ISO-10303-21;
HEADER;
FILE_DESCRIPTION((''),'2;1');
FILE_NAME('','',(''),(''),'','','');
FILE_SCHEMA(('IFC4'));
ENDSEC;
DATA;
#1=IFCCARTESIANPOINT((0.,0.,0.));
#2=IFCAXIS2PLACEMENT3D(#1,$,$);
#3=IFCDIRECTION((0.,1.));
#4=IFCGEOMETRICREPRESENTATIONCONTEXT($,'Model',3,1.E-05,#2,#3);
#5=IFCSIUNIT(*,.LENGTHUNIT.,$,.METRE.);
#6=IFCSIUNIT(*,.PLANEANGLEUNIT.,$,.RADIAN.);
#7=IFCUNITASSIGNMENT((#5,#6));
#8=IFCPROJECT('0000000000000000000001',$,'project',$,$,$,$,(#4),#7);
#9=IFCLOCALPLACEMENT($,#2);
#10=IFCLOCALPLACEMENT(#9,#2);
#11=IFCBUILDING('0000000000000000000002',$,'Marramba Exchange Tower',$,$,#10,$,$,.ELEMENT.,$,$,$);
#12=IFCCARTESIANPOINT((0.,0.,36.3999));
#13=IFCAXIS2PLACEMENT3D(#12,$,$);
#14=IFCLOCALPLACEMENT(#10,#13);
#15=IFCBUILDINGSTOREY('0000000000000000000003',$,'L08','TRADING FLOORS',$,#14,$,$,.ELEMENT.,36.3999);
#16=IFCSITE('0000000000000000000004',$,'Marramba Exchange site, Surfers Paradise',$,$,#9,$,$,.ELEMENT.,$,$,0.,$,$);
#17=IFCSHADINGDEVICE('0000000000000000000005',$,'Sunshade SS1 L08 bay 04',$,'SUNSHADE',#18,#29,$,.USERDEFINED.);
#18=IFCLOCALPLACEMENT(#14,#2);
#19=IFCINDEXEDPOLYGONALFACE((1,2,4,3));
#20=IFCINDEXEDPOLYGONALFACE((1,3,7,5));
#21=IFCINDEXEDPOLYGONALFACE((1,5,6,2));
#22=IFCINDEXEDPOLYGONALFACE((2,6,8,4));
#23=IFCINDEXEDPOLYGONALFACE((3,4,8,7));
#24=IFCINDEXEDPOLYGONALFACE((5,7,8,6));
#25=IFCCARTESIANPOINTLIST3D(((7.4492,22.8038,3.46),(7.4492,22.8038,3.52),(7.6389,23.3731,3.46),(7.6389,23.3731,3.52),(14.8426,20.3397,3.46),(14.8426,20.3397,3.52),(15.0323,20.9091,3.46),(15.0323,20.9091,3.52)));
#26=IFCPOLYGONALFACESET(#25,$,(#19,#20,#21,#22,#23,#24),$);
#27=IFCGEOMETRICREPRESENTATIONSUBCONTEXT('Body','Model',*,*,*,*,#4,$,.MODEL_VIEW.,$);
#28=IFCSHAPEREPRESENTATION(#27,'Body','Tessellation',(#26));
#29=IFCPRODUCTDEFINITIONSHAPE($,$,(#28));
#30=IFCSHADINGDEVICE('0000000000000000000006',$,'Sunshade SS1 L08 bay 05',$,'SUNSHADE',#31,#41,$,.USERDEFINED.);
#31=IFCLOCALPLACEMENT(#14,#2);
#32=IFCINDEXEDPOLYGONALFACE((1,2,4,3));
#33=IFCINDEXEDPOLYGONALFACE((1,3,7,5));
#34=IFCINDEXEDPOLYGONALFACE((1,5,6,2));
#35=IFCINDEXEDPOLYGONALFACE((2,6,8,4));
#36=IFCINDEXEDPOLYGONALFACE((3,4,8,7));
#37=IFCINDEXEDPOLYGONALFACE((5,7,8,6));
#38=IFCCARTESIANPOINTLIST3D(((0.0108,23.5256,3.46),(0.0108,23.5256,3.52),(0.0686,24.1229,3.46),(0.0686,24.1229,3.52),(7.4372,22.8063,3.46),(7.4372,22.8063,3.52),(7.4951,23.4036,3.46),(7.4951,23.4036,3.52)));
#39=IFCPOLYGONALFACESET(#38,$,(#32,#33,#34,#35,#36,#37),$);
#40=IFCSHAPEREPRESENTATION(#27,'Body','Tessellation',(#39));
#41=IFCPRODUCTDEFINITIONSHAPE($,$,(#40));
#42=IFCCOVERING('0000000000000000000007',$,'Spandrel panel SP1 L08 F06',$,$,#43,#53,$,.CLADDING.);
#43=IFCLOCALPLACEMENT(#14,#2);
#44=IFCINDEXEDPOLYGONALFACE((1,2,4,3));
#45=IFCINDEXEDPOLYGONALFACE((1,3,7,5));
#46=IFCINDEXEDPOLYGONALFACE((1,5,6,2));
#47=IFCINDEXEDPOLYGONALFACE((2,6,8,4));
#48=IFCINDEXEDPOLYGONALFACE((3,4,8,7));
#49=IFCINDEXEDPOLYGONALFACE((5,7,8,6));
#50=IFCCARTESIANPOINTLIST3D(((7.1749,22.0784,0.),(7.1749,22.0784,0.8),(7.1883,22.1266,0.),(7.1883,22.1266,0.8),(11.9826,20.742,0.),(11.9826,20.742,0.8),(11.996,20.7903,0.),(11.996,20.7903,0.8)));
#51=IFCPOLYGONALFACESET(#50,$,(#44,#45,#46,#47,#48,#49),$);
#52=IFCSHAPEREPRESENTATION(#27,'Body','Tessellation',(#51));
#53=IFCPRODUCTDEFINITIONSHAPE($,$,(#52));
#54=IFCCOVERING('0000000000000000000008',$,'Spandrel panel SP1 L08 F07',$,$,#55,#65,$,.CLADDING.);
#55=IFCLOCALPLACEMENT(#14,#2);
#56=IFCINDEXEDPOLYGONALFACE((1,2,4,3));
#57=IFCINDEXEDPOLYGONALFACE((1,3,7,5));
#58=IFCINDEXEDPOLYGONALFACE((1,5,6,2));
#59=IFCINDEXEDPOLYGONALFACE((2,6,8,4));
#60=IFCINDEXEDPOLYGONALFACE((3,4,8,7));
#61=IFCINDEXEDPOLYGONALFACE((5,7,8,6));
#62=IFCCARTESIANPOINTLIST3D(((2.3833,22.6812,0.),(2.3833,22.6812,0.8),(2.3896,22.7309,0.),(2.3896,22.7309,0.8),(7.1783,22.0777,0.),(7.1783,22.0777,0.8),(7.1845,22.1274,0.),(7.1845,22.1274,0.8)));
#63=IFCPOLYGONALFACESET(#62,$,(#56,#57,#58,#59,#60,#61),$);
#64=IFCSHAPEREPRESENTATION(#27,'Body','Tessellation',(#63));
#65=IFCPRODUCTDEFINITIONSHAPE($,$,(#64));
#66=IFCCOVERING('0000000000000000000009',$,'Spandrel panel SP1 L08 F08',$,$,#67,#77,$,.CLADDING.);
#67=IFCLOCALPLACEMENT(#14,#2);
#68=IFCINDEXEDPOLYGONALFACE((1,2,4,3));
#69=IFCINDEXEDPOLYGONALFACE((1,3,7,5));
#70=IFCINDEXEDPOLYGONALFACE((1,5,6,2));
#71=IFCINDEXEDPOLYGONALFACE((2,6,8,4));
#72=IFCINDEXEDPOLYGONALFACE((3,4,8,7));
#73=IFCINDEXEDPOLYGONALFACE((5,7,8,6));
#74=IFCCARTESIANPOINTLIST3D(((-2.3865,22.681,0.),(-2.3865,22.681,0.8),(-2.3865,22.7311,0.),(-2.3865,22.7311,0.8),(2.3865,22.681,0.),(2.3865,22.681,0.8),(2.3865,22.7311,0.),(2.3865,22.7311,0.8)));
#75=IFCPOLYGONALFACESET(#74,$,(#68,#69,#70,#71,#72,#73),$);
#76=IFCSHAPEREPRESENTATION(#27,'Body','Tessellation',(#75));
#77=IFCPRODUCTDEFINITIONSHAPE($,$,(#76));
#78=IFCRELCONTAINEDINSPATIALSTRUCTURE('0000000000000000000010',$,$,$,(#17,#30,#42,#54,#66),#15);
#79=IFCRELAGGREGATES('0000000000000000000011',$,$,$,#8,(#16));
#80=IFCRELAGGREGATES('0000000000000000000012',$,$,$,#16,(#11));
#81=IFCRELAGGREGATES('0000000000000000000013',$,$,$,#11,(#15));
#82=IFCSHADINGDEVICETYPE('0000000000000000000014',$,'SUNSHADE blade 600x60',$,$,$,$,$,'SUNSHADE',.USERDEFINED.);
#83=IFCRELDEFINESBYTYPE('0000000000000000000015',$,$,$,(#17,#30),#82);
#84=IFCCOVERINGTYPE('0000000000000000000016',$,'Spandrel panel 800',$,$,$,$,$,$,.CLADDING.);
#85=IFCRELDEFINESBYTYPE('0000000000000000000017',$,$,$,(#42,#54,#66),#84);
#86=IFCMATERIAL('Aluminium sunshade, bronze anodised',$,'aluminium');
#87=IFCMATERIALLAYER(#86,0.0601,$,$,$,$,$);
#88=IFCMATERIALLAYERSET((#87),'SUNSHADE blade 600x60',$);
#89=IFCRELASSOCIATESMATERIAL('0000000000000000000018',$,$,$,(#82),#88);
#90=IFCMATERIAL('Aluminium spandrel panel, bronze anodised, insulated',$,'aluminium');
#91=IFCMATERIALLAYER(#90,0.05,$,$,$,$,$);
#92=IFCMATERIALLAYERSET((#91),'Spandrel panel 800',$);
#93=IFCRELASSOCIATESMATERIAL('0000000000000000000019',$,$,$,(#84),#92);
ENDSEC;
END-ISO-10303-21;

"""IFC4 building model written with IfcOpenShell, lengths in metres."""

from ifc_helpers import new_model, si_unit, direction, frame, origin, origin_2d, place, context, subcontext, project, spatial, rectangle, extrude, material, layer, layer_set, type_object, element, save


model = new_model("IFC4")

# Units and contexts
model_context = context("Model", 3, precision=1e-05, world=origin(), true_north=direction((0.0, 1.0)))
body_context = subcontext(model_context, "Body", "Model", "MODEL_VIEW")
ifc_project = project(units=[si_unit("LENGTHUNIT", "METRE"), si_unit("PLANEANGLEUNIT", "RADIAN")], contexts=[model_context])

# Site, building, storey
site_placement = place(None, origin())
site = spatial("IfcSite", under=ifc_project, at=site_placement, Name="Marramba Exchange site, Surfers Paradise", CompositionType="ELEMENT", RefElevation=0.0)
building_placement = place(site_placement, origin())
building = spatial("IfcBuilding", under=site, at=building_placement, Name="Marramba Exchange Tower", CompositionType="ELEMENT")
storey_placement = place(building_placement, frame((0.0, 0.0, 36.3999)))
storey = spatial("IfcBuildingStorey", under=building, at=storey_placement, Name="L08", Description="TRADING FLOORS", CompositionType="ELEMENT", Elevation=36.3999)

# Shading devices
ifc_material_1 = material(Name="Aluminium sunshade, bronze anodised", Category="aluminium")
ifc_layer_1 = layer(ifc_material_1, 0.0601)
ifc_layer_set_1 = layer_set([ifc_layer_1], Name="SUNSHADE blade 600x60")
shading_device_type_1 = type_object("IfcShadingDeviceType", Name="SUNSHADE blade 600x60", ElementType="SUNSHADE", PredefinedType="USERDEFINED", material=ifc_layer_set_1)
shading_device_1_placement = place(storey_placement, frame((11.2407, 21.8564, 3.46), z_axis=(0.0, 0.0, 1.0), x_axis=(-0.948698, 0.316184, 0.0)))
element("IfcShadingDevice", 1, at=shading_device_1_placement, inside=storey, type_object=shading_device_type_1, Name="Sunshade SS1 L08 bay 04", ObjectType="SUNSHADE", PredefinedType="USERDEFINED", context=body_context, shape_type="SweptSolid", body=[
    extrude(rectangle(XDim=7.7932, YDim=0.6001, at=origin_2d()), origin(), (0.0, 0.0, 1.0), 0.0601),
])
shading_device_2_placement = place(storey_placement, frame((3.7529, 23.4646, 3.46), z_axis=(0.0, 0.0, 1.0), x_axis=(-0.995343, 0.096398, 0.0)))
element("IfcShadingDevice", 2, at=shading_device_2_placement, inside=storey, type_object=shading_device_type_1, Name="Sunshade SS1 L08 bay 05", ObjectType="SUNSHADE", PredefinedType="USERDEFINED", context=body_context, shape_type="SweptSolid", body=[
    extrude(rectangle(XDim=7.4612, YDim=0.6001, at=origin_2d()), origin(), (0.0, 0.0, 1.0), 0.0601),
])

# Coverings
ifc_material_2 = material(Name="Aluminium spandrel panel, bronze anodised, insulated", Category="aluminium")
ifc_layer_2 = layer(ifc_material_2, 0.05)
ifc_layer_set_2 = layer_set([ifc_layer_2], Name="Spandrel panel 800")
covering_type = type_object("IfcCoveringType", Name="Spandrel panel 800", PredefinedType="CLADDING", material=ifc_layer_set_2)
covering_1_placement = place(storey_placement, frame((9.5854, 21.4343, 0.0), z_axis=(0.0, 0.0, 1.0), x_axis=(-0.963472, 0.267809, 0.0)))
element("IfcCovering", 3, at=covering_1_placement, inside=storey, type_object=covering_type, Name="Spandrel panel SP1 L08 F06", PredefinedType="CLADDING", context=body_context, shape_type="SweptSolid", body=[
    extrude(rectangle(XDim=4.99, YDim=0.05, at=origin_2d()), origin(), (0.0, 0.0, 1.0), 0.8),
])
covering_2_placement = place(storey_placement, frame((4.7839, 22.4043, 0.0), z_axis=(0.0, 0.0, 1.0), x_axis=(-0.992173, 0.124873, 0.0)))
element("IfcCovering", 4, at=covering_2_placement, inside=storey, type_object=covering_type, Name="Spandrel panel SP1 L08 F07", PredefinedType="CLADDING", context=body_context, shape_type="SweptSolid", body=[
    extrude(rectangle(XDim=4.8328, YDim=0.05, at=origin_2d()), origin(), (0.0, 0.0, 1.0), 0.8),
])
covering_3_placement = place(storey_placement, frame((0.0, 22.7061, 0.0), z_axis=(0.0, 0.0, 1.0), x_axis=(-1.0, 0.0, 0.0)))
element("IfcCovering", 5, at=covering_3_placement, inside=storey, type_object=covering_type, Name="Spandrel panel SP1 L08 F08", PredefinedType="CLADDING", context=body_context, shape_type="SweptSolid", body=[
    extrude(rectangle(XDim=4.7729, YDim=0.05, at=origin_2d()), origin(), (0.0, 0.0, 1.0), 0.8),
])

save(model, "model.ifc")
